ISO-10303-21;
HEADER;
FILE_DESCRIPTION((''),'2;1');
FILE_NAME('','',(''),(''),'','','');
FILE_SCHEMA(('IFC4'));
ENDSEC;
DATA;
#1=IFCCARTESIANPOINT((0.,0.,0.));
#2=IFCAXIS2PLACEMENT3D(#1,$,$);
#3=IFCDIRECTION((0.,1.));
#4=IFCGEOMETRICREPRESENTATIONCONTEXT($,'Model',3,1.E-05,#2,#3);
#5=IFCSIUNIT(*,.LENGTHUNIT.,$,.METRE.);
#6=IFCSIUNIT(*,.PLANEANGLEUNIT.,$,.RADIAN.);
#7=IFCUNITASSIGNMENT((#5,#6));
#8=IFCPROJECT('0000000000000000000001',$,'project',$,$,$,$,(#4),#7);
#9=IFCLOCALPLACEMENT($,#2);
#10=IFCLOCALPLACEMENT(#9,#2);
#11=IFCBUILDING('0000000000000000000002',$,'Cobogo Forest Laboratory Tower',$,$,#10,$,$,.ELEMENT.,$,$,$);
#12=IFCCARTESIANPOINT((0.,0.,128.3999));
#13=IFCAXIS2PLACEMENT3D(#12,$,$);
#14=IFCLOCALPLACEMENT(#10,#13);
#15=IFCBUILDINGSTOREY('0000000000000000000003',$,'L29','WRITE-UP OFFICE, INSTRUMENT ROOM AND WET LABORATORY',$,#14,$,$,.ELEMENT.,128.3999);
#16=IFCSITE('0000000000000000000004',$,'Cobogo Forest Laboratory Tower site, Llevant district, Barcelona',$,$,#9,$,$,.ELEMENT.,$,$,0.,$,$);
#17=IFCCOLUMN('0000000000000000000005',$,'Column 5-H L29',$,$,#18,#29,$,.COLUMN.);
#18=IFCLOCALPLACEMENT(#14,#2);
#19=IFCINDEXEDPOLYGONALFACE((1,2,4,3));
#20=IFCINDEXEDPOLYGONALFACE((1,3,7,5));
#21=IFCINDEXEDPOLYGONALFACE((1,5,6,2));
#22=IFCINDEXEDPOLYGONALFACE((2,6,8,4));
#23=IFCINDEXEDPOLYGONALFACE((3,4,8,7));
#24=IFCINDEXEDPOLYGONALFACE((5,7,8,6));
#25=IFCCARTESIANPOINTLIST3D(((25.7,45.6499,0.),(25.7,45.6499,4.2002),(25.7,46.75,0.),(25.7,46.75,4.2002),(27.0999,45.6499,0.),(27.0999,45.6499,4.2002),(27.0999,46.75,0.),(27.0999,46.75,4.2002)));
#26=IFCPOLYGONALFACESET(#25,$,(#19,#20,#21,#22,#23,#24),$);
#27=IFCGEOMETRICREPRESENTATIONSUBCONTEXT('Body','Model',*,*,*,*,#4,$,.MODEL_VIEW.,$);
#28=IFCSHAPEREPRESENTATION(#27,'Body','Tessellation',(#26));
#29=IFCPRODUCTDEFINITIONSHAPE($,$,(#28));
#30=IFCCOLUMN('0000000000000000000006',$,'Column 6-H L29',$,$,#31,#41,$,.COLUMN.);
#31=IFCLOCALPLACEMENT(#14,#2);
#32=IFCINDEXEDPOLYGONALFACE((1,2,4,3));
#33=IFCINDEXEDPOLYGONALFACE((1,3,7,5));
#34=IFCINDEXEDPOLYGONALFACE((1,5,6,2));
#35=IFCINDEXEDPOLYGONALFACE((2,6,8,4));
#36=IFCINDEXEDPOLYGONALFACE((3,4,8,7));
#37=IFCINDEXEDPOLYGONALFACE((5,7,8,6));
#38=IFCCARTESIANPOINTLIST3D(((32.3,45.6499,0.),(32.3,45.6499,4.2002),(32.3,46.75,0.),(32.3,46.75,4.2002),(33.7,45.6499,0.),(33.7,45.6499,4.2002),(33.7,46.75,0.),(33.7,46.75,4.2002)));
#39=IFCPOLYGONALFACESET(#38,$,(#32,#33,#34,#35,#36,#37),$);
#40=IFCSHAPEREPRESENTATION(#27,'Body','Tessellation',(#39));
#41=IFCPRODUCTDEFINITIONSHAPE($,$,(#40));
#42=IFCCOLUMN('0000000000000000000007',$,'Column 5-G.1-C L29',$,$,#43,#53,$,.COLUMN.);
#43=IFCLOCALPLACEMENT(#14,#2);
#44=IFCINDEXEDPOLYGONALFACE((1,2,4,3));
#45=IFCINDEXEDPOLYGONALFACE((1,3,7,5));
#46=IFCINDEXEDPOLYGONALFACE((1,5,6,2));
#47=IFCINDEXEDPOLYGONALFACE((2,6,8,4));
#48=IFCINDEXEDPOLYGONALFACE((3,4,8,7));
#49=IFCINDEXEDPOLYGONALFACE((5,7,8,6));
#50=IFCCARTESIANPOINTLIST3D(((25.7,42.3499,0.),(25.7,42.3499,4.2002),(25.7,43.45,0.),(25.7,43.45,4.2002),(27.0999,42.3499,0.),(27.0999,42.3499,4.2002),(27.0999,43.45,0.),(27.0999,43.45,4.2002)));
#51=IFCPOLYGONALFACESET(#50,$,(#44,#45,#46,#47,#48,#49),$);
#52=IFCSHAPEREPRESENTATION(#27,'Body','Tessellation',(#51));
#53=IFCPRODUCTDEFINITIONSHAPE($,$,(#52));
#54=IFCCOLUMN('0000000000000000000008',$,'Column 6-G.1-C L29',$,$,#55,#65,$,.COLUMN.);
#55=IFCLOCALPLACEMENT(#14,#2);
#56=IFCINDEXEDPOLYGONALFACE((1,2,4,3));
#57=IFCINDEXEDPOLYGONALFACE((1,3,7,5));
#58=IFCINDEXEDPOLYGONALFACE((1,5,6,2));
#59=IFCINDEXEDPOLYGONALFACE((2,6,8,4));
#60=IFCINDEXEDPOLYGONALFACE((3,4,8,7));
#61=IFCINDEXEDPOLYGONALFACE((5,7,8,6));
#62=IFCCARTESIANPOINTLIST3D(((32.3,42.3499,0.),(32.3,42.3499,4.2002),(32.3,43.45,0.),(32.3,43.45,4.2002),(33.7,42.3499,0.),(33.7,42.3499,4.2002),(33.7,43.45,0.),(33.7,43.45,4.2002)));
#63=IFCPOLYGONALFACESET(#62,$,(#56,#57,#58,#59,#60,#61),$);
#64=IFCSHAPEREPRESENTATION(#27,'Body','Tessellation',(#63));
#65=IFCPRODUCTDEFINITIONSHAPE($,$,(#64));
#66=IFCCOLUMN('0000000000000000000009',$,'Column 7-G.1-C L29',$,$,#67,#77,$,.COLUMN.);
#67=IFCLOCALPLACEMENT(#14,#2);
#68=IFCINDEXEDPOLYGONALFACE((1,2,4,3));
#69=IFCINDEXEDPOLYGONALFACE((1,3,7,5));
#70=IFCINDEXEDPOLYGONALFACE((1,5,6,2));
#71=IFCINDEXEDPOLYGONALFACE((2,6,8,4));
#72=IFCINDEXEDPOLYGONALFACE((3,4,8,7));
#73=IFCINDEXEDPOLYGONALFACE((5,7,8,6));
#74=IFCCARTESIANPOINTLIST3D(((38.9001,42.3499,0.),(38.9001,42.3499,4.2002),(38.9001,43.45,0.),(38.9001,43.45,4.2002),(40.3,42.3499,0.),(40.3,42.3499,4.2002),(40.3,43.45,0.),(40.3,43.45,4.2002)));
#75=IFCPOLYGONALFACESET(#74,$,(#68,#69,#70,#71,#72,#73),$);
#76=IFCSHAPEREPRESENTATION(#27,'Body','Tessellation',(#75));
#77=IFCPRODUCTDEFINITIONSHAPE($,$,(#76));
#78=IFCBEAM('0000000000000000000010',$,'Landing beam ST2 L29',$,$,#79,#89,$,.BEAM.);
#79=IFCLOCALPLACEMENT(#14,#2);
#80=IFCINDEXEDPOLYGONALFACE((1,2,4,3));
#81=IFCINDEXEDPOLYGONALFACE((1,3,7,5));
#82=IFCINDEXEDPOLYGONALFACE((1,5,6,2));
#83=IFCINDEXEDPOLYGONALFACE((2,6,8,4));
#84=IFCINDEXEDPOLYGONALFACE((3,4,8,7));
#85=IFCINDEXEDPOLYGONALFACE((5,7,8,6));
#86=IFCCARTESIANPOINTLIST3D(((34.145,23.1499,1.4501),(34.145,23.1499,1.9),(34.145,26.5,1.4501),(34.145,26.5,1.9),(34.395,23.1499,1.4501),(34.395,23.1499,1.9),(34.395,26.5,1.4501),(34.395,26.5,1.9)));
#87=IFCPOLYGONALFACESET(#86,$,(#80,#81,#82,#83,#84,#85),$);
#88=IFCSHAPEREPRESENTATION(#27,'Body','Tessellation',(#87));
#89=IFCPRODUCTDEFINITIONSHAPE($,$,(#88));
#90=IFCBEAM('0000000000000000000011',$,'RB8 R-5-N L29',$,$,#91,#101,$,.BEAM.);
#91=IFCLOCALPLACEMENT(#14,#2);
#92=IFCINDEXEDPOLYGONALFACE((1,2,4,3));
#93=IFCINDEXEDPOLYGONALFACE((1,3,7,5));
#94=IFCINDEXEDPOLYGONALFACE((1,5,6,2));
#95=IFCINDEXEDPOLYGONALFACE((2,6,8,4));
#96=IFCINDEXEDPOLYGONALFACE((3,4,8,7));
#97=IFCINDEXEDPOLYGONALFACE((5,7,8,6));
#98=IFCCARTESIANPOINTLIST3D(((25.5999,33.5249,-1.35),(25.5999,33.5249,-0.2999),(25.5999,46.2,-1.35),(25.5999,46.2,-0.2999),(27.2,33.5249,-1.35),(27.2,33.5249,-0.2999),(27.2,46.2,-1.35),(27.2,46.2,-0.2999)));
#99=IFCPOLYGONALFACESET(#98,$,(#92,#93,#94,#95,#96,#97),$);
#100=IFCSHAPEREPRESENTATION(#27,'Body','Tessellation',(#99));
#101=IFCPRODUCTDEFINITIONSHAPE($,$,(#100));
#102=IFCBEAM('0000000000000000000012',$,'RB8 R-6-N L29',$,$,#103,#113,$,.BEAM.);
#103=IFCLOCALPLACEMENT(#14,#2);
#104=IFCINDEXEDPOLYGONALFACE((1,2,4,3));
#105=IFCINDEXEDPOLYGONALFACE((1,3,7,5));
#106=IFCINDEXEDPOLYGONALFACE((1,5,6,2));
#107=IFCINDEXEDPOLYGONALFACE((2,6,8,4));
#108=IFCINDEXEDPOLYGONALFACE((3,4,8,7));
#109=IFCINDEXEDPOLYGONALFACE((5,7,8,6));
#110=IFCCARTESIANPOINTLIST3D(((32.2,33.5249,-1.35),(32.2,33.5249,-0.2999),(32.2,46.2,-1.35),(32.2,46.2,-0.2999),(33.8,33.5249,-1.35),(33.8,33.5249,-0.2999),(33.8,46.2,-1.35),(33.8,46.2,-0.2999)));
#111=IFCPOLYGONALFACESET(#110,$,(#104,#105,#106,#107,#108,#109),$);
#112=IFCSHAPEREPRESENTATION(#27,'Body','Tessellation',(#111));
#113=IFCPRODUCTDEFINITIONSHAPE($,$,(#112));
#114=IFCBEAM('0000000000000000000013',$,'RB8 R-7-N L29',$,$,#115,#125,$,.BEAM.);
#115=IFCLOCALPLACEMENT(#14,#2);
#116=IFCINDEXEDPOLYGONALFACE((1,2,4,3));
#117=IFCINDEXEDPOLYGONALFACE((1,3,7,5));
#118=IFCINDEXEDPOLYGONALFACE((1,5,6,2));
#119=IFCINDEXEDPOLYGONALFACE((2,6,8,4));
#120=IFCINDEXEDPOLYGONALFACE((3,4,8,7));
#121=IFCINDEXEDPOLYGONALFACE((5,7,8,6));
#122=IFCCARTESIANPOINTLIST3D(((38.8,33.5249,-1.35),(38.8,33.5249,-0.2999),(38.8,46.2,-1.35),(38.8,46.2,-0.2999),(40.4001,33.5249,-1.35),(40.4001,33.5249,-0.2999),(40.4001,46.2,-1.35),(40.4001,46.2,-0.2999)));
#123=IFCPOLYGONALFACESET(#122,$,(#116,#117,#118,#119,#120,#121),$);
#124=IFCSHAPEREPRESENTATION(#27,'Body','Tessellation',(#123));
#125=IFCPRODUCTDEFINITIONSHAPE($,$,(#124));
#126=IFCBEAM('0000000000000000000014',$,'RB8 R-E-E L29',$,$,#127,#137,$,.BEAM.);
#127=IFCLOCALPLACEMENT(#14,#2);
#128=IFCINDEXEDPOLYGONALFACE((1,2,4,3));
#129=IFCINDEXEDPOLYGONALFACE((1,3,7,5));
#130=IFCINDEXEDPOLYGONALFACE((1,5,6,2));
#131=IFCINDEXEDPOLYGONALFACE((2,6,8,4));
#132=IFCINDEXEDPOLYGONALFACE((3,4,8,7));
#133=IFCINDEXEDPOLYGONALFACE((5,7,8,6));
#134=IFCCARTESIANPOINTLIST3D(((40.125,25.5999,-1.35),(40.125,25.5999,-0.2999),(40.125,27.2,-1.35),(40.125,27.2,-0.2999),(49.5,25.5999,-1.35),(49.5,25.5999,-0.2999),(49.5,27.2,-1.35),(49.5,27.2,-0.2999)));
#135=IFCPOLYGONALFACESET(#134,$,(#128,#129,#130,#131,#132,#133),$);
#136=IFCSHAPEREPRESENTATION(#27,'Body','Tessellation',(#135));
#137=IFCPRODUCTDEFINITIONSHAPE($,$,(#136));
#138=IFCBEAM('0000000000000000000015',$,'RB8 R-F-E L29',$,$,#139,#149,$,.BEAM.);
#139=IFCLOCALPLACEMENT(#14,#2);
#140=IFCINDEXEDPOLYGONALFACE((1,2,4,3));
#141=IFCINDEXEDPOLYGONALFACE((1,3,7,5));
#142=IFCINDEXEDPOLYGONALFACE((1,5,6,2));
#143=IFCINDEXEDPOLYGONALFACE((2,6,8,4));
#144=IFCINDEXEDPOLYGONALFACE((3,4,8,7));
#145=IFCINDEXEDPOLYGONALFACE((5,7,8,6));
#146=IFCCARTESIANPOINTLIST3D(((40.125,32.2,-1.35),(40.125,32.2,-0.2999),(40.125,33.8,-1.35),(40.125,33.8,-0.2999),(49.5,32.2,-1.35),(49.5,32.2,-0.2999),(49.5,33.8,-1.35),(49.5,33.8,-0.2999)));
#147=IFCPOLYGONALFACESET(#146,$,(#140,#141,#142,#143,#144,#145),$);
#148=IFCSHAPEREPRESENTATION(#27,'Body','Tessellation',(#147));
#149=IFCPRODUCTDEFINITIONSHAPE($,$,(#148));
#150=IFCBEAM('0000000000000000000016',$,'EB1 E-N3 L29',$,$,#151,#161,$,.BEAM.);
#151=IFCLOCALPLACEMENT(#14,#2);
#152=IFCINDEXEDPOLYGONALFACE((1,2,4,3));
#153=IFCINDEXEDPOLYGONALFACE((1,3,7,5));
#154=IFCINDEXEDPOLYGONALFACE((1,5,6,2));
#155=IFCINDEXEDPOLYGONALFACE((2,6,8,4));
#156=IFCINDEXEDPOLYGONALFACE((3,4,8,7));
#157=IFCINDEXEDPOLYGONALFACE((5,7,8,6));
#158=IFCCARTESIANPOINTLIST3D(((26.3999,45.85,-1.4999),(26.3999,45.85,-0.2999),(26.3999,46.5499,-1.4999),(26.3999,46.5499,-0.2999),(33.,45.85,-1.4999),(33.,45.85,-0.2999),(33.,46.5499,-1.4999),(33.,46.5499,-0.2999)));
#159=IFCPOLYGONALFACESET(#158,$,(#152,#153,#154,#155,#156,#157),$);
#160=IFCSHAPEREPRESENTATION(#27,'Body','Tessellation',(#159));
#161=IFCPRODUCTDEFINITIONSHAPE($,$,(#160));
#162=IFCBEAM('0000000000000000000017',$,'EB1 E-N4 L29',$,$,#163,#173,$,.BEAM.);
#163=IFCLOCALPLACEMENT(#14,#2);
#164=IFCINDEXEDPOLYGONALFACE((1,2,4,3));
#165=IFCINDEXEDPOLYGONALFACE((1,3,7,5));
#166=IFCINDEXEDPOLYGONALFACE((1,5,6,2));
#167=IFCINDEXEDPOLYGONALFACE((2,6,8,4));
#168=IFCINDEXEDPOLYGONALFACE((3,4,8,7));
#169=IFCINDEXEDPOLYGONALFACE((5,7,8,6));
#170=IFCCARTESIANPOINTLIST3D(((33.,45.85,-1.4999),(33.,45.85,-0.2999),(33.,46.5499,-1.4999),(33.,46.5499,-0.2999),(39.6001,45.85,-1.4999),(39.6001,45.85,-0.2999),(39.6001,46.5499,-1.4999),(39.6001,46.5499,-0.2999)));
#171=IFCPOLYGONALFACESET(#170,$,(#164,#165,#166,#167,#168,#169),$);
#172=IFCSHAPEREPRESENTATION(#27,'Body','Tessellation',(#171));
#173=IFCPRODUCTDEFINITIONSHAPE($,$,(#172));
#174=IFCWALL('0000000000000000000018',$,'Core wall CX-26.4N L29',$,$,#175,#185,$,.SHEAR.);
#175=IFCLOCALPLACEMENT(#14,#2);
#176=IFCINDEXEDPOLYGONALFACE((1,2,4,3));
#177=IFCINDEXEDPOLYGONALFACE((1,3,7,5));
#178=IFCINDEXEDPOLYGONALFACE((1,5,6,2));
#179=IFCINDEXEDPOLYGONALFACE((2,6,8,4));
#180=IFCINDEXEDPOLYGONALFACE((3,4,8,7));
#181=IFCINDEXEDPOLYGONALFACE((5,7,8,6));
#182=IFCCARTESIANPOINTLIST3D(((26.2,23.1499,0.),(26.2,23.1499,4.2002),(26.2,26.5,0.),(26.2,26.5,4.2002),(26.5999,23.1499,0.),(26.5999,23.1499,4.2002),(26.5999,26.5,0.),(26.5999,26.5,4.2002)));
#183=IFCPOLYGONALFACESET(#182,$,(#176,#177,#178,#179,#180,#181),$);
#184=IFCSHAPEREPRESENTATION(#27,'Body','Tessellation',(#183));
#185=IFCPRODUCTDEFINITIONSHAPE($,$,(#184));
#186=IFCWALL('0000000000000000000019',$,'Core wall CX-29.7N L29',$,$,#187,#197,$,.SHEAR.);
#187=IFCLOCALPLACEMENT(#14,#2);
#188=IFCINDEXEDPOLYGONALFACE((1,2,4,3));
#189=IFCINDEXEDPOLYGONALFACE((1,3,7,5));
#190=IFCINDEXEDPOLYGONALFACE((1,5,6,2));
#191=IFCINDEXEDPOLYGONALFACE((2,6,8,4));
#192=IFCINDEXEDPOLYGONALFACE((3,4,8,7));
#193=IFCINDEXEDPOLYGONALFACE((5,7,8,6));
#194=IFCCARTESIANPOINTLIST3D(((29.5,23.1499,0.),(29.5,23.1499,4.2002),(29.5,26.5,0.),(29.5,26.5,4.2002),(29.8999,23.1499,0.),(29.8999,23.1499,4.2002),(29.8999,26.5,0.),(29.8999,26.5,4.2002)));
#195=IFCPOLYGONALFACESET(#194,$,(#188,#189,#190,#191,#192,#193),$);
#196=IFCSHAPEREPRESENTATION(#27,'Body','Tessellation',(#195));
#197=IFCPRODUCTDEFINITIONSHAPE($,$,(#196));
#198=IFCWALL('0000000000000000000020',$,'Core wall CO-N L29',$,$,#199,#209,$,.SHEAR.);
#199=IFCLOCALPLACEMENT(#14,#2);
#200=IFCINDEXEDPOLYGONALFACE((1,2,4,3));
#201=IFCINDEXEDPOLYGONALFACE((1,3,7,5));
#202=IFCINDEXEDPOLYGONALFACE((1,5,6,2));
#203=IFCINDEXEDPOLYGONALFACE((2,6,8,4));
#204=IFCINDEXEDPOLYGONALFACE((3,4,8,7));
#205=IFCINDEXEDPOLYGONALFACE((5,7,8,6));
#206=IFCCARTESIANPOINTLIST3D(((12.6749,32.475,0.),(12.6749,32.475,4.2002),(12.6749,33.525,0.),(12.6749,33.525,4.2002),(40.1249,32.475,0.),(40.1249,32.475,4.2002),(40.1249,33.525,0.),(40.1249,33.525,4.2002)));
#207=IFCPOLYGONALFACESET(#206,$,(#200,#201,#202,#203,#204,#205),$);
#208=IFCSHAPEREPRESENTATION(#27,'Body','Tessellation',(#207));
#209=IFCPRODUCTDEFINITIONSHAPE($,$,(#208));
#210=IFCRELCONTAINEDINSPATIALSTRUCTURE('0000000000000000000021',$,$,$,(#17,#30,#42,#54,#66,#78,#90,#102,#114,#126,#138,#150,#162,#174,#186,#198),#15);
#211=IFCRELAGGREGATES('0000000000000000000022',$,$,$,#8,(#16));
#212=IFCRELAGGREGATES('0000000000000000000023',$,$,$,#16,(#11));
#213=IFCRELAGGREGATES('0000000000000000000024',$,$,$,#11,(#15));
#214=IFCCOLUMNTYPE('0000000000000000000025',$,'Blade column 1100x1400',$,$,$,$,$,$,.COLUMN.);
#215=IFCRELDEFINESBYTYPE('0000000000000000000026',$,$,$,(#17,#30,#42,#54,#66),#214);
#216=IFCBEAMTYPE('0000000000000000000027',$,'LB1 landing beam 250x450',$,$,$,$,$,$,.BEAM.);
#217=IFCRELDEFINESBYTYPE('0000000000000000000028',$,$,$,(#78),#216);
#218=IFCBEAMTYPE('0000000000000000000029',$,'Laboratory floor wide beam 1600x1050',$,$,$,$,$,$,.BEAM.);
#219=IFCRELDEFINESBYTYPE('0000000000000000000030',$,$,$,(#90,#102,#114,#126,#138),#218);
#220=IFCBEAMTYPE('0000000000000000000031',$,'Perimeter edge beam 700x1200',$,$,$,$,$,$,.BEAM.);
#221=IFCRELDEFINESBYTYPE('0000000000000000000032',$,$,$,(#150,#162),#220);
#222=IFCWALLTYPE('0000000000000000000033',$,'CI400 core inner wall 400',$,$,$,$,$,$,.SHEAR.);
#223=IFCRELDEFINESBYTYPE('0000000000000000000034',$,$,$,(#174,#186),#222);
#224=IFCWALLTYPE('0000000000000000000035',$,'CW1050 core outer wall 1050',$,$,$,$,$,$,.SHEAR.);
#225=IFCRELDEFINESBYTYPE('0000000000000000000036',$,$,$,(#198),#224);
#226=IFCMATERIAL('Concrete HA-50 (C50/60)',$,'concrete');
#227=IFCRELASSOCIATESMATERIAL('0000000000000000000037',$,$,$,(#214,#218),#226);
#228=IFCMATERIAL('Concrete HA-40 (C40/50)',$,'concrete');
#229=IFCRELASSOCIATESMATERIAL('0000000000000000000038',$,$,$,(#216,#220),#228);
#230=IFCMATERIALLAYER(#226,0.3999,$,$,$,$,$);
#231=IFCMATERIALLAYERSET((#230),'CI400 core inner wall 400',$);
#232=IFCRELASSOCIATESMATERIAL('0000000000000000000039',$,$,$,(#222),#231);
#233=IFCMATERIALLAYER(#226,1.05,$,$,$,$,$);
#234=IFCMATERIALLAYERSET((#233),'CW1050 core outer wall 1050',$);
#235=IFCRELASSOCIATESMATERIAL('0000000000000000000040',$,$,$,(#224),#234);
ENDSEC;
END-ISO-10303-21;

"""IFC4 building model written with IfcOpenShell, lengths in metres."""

from ifc_helpers import new_model, si_unit, direction, frame, frame_2d, origin, origin_2d, place, context, subcontext, project, spatial, rectangle, extrude, material, layer, layer_set, material_profile, profile_set, type_object, element, save


model = new_model("IFC4")

# Units and contexts
model_context = context("Model", 3, precision=1e-05, world=origin(), true_north=direction((0.0, 1.0)))
body_context = subcontext(model_context, "Body", "Model", "MODEL_VIEW")
ifc_project = project(units=[si_unit("LENGTHUNIT", "METRE"), si_unit("PLANEANGLEUNIT", "RADIAN")], contexts=[model_context])

# Site, building, storey
site_placement = place(None, origin())
site = spatial("IfcSite", under=ifc_project, at=site_placement, Name="Cobogo Forest Laboratory Tower site, Llevant district, Barcelona", CompositionType="ELEMENT", RefElevation=0.0)
building_placement = place(site_placement, origin())
building = spatial("IfcBuilding", under=site, at=building_placement, Name="Cobogo Forest Laboratory Tower", CompositionType="ELEMENT")
storey_placement = place(building_placement, frame((0.0, 0.0, 128.3999)))
storey = spatial("IfcBuildingStorey", under=building, at=storey_placement, Name="L29", Description="WRITE-UP OFFICE, INSTRUMENT ROOM AND WET LABORATORY", CompositionType="ELEMENT", Elevation=128.3999)

# Columns
ifc_material_1 = material(Name="Concrete HA-50 (C50/60)", Category="concrete")
ifc_material_profile_1 = material_profile(ifc_material_1, rectangle(XDim=1.3999, YDim=1.1001, at=origin_2d()), Name="RC 1100x1400")
ifc_profile_set_1 = profile_set([ifc_material_profile_1], Name="Concrete HA-50 (C50/60)")
column_type = type_object("IfcColumnType", Name="Blade column 1100x1400", PredefinedType="COLUMN", material=ifc_profile_set_1)
for number, where, z_axis, x_axis, name in (
    (1, (26.3999, 46.2, 0.0), (0.0, 0.0, 1.0), (1.0, 0.0, 0.0), "Column 5-H L29"),
    (2, (33.0, 46.2, 0.0), (0.0, 0.0, 1.0), (1.0, 0.0, 0.0), "Column 6-H L29"),
    (3, (26.3999, 42.8999, 0.0), (0.0, 0.0, 1.0), (1.0, 0.0, 0.0), "Column 5-G.1-C L29"),
    (4, (33.0, 42.8999, 0.0), (0.0, 0.0, 1.0), (1.0, 0.0, 0.0), "Column 6-G.1-C L29"),
    (5, (39.6001, 42.8999, 0.0), (0.0, 0.0, 1.0), (1.0, 0.0, 0.0), "Column 7-G.1-C L29"),
):
    element("IfcColumn", number, at=place(storey_placement, frame(where, z_axis=z_axis, x_axis=x_axis)), inside=storey, type_object=column_type, Name=name, PredefinedType="COLUMN", context=body_context, shape_type="SweptSolid", body=[
        extrude(rectangle(XDim=1.3999, YDim=1.1001, at=origin_2d()), origin(), (0.0, 0.0, 1.0), 4.2002),
    ])

# Beams
ifc_material_2 = material(Name="Concrete HA-40 (C40/50)", Category="concrete")
ifc_material_profile_2 = material_profile(ifc_material_2, rectangle(XDim=0.25, YDim=0.45, at=origin_2d()), Name="RC 250x450")
ifc_profile_set_2 = profile_set([ifc_material_profile_2], Name="Concrete HA-40 (C40/50)")
beam_type_1 = type_object("IfcBeamType", Name="LB1 landing beam 250x450", PredefinedType="BEAM", material=ifc_profile_set_2)
beam_placement = place(storey_placement, frame((34.27, 23.1499, 1.675), z_axis=(0.0, 1.0, 0.0), x_axis=(-1.0, 0.0, 0.0)))
element("IfcBeam", 6, at=beam_placement, inside=storey, type_object=beam_type_1, Name="Landing beam ST2 L29", PredefinedType="BEAM", context=body_context, shape_type="SweptSolid", body=[
    extrude(rectangle(XDim=0.25, YDim=0.45, at=origin_2d()), origin(), (0.0, 0.0, 1.0), 3.3501),
])
ifc_material_profile_3 = material_profile(ifc_material_1, rectangle(XDim=1.6001, YDim=1.05, at=origin_2d()), Name="RC 1600x1050")
ifc_profile_set_3 = profile_set([ifc_material_profile_3], Name="Concrete HA-50 (C50/60)")
beam_type_2 = type_object("IfcBeamType", Name="Laboratory floor wide beam 1600x1050", PredefinedType="BEAM", material=ifc_profile_set_3)
for number, where, z_axis, x_axis, name in (
    (7, (26.3999, 33.5249, -0.825), (0.0, 1.0, 0.0), (-1.0, 0.0, 0.0), "RB8 R-5-N L29"),
    (8, (33.0, 33.5249, -0.825), (0.0, 1.0, 0.0), (-1.0, 0.0, 0.0), "RB8 R-6-N L29"),
    (9, (39.6001, 33.5249, -0.825), (0.0, 1.0, 0.0), (-1.0, 0.0, 0.0), "RB8 R-7-N L29"),
):
    element("IfcBeam", number, at=place(storey_placement, frame(where, z_axis=z_axis, x_axis=x_axis)), inside=storey, type_object=beam_type_2, Name=name, PredefinedType="BEAM", context=body_context, shape_type="SweptSolid", body=[
        extrude(rectangle(XDim=1.6001, YDim=1.05, at=origin_2d()), origin(), (0.0, 0.0, 1.0), 12.675),
    ])
for number, where, z_axis, x_axis, name in (
    (10, (40.125, 26.3999, -0.825), (1.0, 0.0, 0.0), (0.0, 1.0, 0.0), "RB8 R-E-E L29"),
    (11, (40.125, 33.0, -0.825), (1.0, 0.0, 0.0), (0.0, 1.0, 0.0), "RB8 R-F-E L29"),
):
    element("IfcBeam", number, at=place(storey_placement, frame(where, z_axis=z_axis, x_axis=x_axis)), inside=storey, type_object=beam_type_2, Name=name, PredefinedType="BEAM", context=body_context, shape_type="SweptSolid", body=[
        extrude(rectangle(XDim=1.6001, YDim=1.05, at=origin_2d()), origin(), (0.0, 0.0, 1.0), 9.375),
    ])
ifc_material_profile_4 = material_profile(ifc_material_2, rectangle(XDim=0.7, YDim=1.2, at=origin_2d()), Name="RC 700x1200")
ifc_profile_set_4 = profile_set([ifc_material_profile_4], Name="Concrete HA-40 (C40/50)")
beam_type_3 = type_object("IfcBeamType", Name="Perimeter edge beam 700x1200", PredefinedType="BEAM", material=ifc_profile_set_4)
for number, where, z_axis, x_axis, name in (
    (12, (26.3999, 46.2, -0.8999), (1.0, 0.0, 0.0), (0.0, 1.0, 0.0), "EB1 E-N3 L29"),
    (13, (33.0, 46.2, -0.8999), (1.0, 0.0, 0.0), (0.0, 1.0, 0.0), "EB1 E-N4 L29"),
):
    element("IfcBeam", number, at=place(storey_placement, frame(where, z_axis=z_axis, x_axis=x_axis)), inside=storey, type_object=beam_type_3, Name=name, PredefinedType="BEAM", context=body_context, shape_type="SweptSolid", body=[
        extrude(rectangle(XDim=0.7, YDim=1.2, at=origin_2d()), origin(), (0.0, 0.0, 1.0), 6.6001),
    ])

# Walls
ifc_layer_1 = layer(ifc_material_1, 0.3999)
ifc_layer_set_1 = layer_set([ifc_layer_1], Name="CI400 core inner wall 400")
wall_type_1 = type_object("IfcWallType", Name="CI400 core inner wall 400", PredefinedType="SHEAR", material=ifc_layer_set_1)
for number, where, z_axis, x_axis, name in (
    (14, (26.3999, 23.1499, 0.0), (0.0, 0.0, 1.0), (0.0, 1.0, 0.0), "Core wall CX-26.4N L29"),
    (15, (29.7, 23.1499, 0.0), (0.0, 0.0, 1.0), (0.0, 1.0, 0.0), "Core wall CX-29.7N L29"),
):
    element("IfcWall", number, at=place(storey_placement, frame(where, z_axis=z_axis, x_axis=x_axis)), inside=storey, type_object=wall_type_1, Name=name, PredefinedType="SHEAR", context=body_context, shape_type="SweptSolid", body=[
        extrude(rectangle(XDim=3.3501, YDim=0.3999, at=frame_2d((1.675, 0.0))), origin(), (0.0, 0.0, 1.0), 4.2002),
    ])
ifc_layer_2 = layer(ifc_material_1, 1.05)
ifc_layer_set_2 = layer_set([ifc_layer_2], Name="CW1050 core outer wall 1050")
wall_type_2 = type_object("IfcWallType", Name="CW1050 core outer wall 1050", PredefinedType="SHEAR", material=ifc_layer_set_2)
wall_1_placement = place(storey_placement, frame((40.125, 33.0, 0.0), z_axis=(0.0, 0.0, 1.0), x_axis=(-1.0, 0.0, 0.0)))
element("IfcWall", 16, at=wall_1_placement, inside=storey, type_object=wall_type_2, Name="Core wall CO-N L29", PredefinedType="SHEAR", context=body_context, shape_type="SweptSolid", body=[
    extrude(rectangle(XDim=27.45, YDim=1.05, at=frame_2d((13.7251, 0.0))), origin(), (0.0, 0.0, 1.0), 4.2002),
])

save(model, "model.ifc")
